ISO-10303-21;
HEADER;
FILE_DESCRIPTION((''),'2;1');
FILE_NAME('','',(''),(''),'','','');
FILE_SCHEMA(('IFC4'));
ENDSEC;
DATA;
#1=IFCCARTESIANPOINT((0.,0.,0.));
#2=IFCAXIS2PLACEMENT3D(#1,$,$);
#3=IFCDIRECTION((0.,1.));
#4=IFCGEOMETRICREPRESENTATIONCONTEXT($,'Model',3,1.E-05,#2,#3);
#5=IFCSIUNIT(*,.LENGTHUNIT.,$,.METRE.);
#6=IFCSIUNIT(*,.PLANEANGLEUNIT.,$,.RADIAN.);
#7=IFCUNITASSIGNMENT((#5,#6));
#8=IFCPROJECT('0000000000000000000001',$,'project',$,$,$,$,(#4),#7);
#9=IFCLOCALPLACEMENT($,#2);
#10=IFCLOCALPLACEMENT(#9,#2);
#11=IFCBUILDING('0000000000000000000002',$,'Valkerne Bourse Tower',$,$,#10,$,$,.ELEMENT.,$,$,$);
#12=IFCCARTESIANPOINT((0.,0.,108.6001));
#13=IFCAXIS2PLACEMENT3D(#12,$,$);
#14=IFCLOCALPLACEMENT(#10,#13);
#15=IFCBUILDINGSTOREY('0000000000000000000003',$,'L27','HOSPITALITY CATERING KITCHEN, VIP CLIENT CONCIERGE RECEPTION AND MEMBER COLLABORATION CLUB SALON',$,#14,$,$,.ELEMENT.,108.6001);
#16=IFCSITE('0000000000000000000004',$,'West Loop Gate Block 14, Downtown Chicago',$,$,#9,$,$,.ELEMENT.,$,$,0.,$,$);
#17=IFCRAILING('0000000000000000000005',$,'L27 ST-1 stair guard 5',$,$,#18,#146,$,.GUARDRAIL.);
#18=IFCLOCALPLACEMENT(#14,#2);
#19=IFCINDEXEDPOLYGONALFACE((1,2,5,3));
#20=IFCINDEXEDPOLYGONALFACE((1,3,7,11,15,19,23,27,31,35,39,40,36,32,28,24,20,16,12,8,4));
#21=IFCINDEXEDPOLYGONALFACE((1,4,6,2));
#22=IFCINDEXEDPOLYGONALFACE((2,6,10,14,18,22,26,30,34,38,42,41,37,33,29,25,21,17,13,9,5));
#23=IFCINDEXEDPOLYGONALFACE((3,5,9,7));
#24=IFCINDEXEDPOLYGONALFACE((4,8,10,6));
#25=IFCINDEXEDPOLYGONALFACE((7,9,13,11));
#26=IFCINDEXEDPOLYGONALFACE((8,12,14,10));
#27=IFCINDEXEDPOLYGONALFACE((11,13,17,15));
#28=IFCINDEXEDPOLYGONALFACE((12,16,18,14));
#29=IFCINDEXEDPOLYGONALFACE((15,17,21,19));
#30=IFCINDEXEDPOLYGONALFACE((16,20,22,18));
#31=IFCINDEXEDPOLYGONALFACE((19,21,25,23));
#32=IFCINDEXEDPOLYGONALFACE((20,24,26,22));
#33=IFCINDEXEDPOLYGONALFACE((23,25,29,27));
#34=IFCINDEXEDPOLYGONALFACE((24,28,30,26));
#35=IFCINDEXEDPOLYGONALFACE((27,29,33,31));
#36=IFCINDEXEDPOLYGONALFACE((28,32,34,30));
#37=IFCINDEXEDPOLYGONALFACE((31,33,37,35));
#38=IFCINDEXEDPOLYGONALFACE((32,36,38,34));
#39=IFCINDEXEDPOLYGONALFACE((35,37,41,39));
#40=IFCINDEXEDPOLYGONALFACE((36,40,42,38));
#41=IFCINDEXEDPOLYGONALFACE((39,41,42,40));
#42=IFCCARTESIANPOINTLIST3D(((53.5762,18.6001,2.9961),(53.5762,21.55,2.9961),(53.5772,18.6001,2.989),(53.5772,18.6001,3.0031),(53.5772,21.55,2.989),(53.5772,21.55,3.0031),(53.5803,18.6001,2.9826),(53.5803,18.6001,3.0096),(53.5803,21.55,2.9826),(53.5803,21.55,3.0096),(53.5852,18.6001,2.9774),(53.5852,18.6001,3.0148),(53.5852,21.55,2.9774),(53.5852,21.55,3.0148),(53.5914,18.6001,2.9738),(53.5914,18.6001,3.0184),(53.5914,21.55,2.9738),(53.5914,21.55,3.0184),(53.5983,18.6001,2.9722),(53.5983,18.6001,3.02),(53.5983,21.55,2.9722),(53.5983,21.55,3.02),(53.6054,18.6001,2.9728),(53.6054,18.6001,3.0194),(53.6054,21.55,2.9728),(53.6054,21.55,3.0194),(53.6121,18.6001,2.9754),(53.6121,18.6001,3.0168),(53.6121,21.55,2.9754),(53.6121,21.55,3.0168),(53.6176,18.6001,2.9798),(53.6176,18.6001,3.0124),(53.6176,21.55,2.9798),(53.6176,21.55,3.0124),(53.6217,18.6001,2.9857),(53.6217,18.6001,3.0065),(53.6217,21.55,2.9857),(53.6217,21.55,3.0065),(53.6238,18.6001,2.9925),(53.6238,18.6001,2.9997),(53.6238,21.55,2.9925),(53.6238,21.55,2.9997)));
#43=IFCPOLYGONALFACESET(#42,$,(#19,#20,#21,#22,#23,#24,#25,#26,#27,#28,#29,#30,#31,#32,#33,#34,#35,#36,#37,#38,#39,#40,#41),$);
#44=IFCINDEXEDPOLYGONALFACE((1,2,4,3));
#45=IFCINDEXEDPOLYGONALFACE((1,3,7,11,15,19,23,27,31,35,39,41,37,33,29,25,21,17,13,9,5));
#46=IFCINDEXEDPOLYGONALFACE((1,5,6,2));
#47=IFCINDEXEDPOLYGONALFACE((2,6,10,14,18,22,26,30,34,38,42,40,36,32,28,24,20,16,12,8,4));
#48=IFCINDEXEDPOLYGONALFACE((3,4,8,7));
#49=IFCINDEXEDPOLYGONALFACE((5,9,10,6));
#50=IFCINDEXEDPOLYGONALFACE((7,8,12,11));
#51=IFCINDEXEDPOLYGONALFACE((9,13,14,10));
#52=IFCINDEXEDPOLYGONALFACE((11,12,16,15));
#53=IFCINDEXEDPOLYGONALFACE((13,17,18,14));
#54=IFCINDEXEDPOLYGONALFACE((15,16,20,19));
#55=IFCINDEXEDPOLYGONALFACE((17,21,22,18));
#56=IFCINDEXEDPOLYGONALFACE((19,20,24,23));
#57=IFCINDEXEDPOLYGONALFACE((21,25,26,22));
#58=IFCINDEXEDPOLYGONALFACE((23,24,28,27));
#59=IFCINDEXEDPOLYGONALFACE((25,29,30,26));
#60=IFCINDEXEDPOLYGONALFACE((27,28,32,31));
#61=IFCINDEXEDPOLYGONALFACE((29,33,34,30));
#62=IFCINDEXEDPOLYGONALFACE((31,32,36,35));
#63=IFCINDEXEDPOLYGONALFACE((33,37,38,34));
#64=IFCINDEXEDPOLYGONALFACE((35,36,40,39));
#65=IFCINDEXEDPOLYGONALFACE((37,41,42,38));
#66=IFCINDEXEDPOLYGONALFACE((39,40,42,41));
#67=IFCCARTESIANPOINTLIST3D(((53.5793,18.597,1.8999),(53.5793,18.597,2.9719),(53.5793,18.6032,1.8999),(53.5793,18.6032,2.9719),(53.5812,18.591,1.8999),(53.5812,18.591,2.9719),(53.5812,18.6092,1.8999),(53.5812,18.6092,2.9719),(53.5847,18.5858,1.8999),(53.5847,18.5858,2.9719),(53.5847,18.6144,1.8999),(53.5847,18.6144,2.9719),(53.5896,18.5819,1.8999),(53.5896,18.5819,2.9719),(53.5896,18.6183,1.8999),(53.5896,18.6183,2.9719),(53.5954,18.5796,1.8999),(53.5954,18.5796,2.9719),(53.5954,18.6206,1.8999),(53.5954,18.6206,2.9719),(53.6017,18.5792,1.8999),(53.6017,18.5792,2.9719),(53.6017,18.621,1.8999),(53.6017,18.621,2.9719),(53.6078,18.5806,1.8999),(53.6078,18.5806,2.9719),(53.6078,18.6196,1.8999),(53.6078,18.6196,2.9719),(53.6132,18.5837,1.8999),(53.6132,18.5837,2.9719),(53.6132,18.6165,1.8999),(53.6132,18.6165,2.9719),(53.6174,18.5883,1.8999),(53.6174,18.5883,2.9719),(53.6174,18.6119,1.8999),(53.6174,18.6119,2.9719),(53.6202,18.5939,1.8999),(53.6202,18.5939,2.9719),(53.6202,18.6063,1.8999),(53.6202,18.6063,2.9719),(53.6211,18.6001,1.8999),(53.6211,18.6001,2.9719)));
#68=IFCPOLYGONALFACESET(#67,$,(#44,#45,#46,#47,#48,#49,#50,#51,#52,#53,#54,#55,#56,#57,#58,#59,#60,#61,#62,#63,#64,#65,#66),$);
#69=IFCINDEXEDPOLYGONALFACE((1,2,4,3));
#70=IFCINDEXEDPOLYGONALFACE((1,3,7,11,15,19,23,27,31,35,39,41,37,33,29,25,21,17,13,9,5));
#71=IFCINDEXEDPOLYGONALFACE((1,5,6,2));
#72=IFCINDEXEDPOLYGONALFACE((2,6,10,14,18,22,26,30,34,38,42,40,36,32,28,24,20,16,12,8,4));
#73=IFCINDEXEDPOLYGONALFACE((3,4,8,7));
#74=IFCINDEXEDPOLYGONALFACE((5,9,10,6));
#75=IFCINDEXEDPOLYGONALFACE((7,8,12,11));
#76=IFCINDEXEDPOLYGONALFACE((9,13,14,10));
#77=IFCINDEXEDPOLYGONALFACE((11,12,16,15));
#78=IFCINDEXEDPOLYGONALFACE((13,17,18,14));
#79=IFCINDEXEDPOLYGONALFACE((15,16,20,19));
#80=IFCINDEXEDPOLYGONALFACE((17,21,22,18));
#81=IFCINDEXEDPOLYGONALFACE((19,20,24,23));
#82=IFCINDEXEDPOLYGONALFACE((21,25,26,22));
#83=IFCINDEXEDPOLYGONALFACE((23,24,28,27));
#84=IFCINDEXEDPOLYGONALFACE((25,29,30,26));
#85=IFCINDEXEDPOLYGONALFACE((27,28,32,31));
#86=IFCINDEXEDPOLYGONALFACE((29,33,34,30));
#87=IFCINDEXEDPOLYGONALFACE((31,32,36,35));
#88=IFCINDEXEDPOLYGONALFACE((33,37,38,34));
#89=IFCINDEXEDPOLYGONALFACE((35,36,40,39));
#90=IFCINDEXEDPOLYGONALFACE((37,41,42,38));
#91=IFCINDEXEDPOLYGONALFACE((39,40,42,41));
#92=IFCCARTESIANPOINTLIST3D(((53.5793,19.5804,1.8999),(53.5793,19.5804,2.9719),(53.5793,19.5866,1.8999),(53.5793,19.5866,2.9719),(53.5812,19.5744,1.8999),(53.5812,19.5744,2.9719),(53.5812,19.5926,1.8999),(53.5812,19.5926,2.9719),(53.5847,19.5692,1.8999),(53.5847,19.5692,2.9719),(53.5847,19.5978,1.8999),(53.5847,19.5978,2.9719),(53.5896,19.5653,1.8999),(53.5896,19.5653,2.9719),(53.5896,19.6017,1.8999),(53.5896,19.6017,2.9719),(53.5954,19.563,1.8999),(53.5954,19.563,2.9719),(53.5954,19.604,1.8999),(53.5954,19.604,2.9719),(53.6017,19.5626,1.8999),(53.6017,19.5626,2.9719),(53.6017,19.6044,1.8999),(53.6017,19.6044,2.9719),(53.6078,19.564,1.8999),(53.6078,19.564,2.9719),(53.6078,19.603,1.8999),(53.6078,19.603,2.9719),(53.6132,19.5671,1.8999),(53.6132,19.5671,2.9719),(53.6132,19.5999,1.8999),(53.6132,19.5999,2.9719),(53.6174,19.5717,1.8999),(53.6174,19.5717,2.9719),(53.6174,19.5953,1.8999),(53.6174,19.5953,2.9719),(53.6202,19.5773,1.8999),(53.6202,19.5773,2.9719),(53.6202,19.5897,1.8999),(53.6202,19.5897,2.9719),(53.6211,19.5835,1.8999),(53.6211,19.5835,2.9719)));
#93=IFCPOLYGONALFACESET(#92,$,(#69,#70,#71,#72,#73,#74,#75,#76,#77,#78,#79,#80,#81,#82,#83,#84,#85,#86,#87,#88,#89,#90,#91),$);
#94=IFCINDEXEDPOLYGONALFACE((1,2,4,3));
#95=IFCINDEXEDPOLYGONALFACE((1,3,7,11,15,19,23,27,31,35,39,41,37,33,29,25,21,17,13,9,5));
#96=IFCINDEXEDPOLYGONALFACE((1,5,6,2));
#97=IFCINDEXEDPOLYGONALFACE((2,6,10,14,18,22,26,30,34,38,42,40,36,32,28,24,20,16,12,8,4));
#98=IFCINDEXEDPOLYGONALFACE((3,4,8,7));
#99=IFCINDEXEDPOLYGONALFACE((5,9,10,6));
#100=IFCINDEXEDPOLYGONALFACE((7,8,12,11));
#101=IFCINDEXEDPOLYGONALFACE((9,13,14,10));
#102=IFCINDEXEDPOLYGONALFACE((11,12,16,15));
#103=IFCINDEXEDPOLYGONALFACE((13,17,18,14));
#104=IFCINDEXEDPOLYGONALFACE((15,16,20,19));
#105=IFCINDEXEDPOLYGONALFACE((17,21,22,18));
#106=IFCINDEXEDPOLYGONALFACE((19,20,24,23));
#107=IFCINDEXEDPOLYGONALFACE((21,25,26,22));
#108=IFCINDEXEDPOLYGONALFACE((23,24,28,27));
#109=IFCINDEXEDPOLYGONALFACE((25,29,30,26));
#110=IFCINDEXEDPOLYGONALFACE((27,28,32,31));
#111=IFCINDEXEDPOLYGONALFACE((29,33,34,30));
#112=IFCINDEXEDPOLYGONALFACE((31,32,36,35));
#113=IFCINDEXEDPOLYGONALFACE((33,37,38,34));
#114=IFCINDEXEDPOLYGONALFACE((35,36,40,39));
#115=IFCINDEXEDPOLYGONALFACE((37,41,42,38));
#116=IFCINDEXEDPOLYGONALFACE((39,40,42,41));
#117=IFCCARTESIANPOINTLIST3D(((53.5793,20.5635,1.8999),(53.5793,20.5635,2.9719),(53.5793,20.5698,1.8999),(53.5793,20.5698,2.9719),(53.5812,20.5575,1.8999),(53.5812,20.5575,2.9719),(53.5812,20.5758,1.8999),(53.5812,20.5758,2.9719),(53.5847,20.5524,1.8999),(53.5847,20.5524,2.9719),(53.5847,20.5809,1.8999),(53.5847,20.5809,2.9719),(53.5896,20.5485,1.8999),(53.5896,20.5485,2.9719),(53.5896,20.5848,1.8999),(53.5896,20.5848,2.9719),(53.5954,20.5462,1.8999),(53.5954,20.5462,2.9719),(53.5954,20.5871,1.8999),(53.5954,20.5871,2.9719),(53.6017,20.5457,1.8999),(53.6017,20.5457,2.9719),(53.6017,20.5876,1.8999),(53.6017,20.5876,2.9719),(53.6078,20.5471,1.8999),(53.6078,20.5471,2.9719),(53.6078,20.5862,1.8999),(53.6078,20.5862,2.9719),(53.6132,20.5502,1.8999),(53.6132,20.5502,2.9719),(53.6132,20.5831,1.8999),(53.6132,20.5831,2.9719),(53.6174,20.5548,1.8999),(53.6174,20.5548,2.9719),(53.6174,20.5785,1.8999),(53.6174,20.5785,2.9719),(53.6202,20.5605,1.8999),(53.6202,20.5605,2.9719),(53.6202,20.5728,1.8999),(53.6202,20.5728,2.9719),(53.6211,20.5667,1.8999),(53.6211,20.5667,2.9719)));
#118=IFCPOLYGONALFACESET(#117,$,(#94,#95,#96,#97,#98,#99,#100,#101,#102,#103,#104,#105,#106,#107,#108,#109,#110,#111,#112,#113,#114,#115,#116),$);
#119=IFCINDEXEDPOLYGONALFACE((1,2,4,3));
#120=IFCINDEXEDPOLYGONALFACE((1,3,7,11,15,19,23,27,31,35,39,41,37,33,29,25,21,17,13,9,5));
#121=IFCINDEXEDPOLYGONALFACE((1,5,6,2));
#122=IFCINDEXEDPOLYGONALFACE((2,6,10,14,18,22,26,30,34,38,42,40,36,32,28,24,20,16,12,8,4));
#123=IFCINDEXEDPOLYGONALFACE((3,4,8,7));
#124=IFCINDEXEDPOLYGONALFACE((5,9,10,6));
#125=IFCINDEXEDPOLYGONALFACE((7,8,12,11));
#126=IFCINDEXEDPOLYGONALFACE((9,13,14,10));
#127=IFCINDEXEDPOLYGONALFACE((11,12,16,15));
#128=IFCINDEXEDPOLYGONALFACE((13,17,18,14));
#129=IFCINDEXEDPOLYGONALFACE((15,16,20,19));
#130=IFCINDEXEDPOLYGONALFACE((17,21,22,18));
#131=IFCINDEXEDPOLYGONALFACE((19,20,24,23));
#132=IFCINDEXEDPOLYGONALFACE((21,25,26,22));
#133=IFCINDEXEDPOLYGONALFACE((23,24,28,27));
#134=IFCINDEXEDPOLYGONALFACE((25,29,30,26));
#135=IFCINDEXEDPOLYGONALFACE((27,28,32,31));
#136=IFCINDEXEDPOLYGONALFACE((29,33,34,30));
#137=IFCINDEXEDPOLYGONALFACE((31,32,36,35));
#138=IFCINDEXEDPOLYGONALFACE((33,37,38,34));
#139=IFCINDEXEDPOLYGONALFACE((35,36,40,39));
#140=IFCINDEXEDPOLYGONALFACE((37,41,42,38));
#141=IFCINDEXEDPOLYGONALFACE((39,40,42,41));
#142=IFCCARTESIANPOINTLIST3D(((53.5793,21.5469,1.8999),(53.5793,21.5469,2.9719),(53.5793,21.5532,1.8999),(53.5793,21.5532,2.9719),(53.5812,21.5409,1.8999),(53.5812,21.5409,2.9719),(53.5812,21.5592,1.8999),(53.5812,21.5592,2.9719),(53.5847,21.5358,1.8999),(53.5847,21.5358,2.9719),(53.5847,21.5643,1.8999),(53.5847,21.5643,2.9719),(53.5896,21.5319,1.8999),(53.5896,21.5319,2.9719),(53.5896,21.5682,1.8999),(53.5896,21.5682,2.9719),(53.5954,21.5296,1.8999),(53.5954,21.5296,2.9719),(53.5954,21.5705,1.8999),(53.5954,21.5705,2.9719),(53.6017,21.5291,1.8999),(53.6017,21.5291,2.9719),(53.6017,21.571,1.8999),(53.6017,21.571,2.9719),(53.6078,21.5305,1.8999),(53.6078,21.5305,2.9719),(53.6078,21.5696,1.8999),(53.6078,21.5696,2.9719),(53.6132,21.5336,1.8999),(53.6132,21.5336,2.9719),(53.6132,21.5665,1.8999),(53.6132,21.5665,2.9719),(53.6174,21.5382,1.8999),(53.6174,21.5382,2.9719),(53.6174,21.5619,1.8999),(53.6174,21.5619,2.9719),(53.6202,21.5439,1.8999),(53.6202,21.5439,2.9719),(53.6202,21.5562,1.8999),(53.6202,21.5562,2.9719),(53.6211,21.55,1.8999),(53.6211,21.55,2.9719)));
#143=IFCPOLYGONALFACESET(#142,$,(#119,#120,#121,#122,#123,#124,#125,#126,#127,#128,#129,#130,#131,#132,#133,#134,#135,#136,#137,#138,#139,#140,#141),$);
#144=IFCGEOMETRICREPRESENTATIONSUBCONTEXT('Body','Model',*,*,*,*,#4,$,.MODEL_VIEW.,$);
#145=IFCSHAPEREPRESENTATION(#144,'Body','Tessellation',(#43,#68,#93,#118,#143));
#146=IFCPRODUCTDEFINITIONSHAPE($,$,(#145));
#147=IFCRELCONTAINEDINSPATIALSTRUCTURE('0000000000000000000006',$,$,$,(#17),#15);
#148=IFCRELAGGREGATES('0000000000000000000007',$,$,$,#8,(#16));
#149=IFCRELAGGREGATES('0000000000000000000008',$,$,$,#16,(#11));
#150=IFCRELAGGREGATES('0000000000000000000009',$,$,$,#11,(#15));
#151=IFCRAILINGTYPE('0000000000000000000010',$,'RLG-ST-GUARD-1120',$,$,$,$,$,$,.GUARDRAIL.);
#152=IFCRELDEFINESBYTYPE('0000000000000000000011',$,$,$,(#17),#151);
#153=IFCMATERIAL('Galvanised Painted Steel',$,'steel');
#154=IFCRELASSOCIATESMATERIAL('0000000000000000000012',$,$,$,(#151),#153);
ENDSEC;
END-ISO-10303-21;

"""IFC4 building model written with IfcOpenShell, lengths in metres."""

from ifc_helpers import new_model, si_unit, direction, frame, origin, origin_2d, place, context, subcontext, project, spatial, circle, extrude, material, type_object, element, save


model = new_model("IFC4")

# Units and contexts
model_context = context("Model", 3, precision=1e-05, world=origin(), true_north=direction((0.0, 1.0)))
body_context = subcontext(model_context, "Body", "Model", "MODEL_VIEW")
ifc_project = project(units=[si_unit("LENGTHUNIT", "METRE"), si_unit("PLANEANGLEUNIT", "RADIAN")], contexts=[model_context])

# Site, building, storey
site_placement = place(None, origin())
site = spatial("IfcSite", under=ifc_project, at=site_placement, Name="West Loop Gate Block 14, Downtown Chicago", CompositionType="ELEMENT", RefElevation=0.0)
building_placement = place(site_placement, origin())
building = spatial("IfcBuilding", under=site, at=building_placement, Name="Valkerne Bourse Tower", CompositionType="ELEMENT")
storey_placement = place(building_placement, frame((0.0, 0.0, 108.6001)))
storey = spatial("IfcBuildingStorey", under=building, at=storey_placement, Name="L27", Description="HOSPITALITY CATERING KITCHEN, VIP CLIENT CONCIERGE RECEPTION AND MEMBER COLLABORATION CLUB SALON", CompositionType="ELEMENT", Elevation=108.6001)

# Railing
ifc_material_1 = material(Name="Galvanised Painted Steel", Category="steel")
railing_type = type_object("IfcRailingType", Name="RLG-ST-GUARD-1120", PredefinedType="GUARDRAIL", material=ifc_material_1)
railing_1_placement = place(storey_placement, frame((53.6001, 18.6001, 1.8999)))
element("IfcRailing", 1, at=railing_1_placement, inside=storey, type_object=railing_type, Name="L27 ST-1 stair guard 5", PredefinedType="GUARDRAIL", context=body_context, shape_type="SweptSolid", body=[
    extrude(circle(Radius=0.0239, at=origin_2d()), frame((0.0, 0.0, 1.0962), z_axis=(0.0, 1.0, 0.0), x_axis=(-1.0, 0.0, 0.0)), (0.0, 0.0, 1.0), 2.95),
    extrude(circle(Radius=0.021, at=origin_2d()), origin(), (0.0, 0.0, 1.0), 1.072),
    extrude(circle(Radius=0.021, at=origin_2d()), frame((0.0, 0.9834, 0.0)), (0.0, 0.0, 1.0), 1.072),
    extrude(circle(Radius=0.021, at=origin_2d()), frame((0.0, 1.9666, 0.0)), (0.0, 0.0, 1.0), 1.072),
    extrude(circle(Radius=0.021, at=origin_2d()), frame((0.0, 2.95, 0.0)), (0.0, 0.0, 1.0), 1.072),
])

save(model, "model.ifc")
